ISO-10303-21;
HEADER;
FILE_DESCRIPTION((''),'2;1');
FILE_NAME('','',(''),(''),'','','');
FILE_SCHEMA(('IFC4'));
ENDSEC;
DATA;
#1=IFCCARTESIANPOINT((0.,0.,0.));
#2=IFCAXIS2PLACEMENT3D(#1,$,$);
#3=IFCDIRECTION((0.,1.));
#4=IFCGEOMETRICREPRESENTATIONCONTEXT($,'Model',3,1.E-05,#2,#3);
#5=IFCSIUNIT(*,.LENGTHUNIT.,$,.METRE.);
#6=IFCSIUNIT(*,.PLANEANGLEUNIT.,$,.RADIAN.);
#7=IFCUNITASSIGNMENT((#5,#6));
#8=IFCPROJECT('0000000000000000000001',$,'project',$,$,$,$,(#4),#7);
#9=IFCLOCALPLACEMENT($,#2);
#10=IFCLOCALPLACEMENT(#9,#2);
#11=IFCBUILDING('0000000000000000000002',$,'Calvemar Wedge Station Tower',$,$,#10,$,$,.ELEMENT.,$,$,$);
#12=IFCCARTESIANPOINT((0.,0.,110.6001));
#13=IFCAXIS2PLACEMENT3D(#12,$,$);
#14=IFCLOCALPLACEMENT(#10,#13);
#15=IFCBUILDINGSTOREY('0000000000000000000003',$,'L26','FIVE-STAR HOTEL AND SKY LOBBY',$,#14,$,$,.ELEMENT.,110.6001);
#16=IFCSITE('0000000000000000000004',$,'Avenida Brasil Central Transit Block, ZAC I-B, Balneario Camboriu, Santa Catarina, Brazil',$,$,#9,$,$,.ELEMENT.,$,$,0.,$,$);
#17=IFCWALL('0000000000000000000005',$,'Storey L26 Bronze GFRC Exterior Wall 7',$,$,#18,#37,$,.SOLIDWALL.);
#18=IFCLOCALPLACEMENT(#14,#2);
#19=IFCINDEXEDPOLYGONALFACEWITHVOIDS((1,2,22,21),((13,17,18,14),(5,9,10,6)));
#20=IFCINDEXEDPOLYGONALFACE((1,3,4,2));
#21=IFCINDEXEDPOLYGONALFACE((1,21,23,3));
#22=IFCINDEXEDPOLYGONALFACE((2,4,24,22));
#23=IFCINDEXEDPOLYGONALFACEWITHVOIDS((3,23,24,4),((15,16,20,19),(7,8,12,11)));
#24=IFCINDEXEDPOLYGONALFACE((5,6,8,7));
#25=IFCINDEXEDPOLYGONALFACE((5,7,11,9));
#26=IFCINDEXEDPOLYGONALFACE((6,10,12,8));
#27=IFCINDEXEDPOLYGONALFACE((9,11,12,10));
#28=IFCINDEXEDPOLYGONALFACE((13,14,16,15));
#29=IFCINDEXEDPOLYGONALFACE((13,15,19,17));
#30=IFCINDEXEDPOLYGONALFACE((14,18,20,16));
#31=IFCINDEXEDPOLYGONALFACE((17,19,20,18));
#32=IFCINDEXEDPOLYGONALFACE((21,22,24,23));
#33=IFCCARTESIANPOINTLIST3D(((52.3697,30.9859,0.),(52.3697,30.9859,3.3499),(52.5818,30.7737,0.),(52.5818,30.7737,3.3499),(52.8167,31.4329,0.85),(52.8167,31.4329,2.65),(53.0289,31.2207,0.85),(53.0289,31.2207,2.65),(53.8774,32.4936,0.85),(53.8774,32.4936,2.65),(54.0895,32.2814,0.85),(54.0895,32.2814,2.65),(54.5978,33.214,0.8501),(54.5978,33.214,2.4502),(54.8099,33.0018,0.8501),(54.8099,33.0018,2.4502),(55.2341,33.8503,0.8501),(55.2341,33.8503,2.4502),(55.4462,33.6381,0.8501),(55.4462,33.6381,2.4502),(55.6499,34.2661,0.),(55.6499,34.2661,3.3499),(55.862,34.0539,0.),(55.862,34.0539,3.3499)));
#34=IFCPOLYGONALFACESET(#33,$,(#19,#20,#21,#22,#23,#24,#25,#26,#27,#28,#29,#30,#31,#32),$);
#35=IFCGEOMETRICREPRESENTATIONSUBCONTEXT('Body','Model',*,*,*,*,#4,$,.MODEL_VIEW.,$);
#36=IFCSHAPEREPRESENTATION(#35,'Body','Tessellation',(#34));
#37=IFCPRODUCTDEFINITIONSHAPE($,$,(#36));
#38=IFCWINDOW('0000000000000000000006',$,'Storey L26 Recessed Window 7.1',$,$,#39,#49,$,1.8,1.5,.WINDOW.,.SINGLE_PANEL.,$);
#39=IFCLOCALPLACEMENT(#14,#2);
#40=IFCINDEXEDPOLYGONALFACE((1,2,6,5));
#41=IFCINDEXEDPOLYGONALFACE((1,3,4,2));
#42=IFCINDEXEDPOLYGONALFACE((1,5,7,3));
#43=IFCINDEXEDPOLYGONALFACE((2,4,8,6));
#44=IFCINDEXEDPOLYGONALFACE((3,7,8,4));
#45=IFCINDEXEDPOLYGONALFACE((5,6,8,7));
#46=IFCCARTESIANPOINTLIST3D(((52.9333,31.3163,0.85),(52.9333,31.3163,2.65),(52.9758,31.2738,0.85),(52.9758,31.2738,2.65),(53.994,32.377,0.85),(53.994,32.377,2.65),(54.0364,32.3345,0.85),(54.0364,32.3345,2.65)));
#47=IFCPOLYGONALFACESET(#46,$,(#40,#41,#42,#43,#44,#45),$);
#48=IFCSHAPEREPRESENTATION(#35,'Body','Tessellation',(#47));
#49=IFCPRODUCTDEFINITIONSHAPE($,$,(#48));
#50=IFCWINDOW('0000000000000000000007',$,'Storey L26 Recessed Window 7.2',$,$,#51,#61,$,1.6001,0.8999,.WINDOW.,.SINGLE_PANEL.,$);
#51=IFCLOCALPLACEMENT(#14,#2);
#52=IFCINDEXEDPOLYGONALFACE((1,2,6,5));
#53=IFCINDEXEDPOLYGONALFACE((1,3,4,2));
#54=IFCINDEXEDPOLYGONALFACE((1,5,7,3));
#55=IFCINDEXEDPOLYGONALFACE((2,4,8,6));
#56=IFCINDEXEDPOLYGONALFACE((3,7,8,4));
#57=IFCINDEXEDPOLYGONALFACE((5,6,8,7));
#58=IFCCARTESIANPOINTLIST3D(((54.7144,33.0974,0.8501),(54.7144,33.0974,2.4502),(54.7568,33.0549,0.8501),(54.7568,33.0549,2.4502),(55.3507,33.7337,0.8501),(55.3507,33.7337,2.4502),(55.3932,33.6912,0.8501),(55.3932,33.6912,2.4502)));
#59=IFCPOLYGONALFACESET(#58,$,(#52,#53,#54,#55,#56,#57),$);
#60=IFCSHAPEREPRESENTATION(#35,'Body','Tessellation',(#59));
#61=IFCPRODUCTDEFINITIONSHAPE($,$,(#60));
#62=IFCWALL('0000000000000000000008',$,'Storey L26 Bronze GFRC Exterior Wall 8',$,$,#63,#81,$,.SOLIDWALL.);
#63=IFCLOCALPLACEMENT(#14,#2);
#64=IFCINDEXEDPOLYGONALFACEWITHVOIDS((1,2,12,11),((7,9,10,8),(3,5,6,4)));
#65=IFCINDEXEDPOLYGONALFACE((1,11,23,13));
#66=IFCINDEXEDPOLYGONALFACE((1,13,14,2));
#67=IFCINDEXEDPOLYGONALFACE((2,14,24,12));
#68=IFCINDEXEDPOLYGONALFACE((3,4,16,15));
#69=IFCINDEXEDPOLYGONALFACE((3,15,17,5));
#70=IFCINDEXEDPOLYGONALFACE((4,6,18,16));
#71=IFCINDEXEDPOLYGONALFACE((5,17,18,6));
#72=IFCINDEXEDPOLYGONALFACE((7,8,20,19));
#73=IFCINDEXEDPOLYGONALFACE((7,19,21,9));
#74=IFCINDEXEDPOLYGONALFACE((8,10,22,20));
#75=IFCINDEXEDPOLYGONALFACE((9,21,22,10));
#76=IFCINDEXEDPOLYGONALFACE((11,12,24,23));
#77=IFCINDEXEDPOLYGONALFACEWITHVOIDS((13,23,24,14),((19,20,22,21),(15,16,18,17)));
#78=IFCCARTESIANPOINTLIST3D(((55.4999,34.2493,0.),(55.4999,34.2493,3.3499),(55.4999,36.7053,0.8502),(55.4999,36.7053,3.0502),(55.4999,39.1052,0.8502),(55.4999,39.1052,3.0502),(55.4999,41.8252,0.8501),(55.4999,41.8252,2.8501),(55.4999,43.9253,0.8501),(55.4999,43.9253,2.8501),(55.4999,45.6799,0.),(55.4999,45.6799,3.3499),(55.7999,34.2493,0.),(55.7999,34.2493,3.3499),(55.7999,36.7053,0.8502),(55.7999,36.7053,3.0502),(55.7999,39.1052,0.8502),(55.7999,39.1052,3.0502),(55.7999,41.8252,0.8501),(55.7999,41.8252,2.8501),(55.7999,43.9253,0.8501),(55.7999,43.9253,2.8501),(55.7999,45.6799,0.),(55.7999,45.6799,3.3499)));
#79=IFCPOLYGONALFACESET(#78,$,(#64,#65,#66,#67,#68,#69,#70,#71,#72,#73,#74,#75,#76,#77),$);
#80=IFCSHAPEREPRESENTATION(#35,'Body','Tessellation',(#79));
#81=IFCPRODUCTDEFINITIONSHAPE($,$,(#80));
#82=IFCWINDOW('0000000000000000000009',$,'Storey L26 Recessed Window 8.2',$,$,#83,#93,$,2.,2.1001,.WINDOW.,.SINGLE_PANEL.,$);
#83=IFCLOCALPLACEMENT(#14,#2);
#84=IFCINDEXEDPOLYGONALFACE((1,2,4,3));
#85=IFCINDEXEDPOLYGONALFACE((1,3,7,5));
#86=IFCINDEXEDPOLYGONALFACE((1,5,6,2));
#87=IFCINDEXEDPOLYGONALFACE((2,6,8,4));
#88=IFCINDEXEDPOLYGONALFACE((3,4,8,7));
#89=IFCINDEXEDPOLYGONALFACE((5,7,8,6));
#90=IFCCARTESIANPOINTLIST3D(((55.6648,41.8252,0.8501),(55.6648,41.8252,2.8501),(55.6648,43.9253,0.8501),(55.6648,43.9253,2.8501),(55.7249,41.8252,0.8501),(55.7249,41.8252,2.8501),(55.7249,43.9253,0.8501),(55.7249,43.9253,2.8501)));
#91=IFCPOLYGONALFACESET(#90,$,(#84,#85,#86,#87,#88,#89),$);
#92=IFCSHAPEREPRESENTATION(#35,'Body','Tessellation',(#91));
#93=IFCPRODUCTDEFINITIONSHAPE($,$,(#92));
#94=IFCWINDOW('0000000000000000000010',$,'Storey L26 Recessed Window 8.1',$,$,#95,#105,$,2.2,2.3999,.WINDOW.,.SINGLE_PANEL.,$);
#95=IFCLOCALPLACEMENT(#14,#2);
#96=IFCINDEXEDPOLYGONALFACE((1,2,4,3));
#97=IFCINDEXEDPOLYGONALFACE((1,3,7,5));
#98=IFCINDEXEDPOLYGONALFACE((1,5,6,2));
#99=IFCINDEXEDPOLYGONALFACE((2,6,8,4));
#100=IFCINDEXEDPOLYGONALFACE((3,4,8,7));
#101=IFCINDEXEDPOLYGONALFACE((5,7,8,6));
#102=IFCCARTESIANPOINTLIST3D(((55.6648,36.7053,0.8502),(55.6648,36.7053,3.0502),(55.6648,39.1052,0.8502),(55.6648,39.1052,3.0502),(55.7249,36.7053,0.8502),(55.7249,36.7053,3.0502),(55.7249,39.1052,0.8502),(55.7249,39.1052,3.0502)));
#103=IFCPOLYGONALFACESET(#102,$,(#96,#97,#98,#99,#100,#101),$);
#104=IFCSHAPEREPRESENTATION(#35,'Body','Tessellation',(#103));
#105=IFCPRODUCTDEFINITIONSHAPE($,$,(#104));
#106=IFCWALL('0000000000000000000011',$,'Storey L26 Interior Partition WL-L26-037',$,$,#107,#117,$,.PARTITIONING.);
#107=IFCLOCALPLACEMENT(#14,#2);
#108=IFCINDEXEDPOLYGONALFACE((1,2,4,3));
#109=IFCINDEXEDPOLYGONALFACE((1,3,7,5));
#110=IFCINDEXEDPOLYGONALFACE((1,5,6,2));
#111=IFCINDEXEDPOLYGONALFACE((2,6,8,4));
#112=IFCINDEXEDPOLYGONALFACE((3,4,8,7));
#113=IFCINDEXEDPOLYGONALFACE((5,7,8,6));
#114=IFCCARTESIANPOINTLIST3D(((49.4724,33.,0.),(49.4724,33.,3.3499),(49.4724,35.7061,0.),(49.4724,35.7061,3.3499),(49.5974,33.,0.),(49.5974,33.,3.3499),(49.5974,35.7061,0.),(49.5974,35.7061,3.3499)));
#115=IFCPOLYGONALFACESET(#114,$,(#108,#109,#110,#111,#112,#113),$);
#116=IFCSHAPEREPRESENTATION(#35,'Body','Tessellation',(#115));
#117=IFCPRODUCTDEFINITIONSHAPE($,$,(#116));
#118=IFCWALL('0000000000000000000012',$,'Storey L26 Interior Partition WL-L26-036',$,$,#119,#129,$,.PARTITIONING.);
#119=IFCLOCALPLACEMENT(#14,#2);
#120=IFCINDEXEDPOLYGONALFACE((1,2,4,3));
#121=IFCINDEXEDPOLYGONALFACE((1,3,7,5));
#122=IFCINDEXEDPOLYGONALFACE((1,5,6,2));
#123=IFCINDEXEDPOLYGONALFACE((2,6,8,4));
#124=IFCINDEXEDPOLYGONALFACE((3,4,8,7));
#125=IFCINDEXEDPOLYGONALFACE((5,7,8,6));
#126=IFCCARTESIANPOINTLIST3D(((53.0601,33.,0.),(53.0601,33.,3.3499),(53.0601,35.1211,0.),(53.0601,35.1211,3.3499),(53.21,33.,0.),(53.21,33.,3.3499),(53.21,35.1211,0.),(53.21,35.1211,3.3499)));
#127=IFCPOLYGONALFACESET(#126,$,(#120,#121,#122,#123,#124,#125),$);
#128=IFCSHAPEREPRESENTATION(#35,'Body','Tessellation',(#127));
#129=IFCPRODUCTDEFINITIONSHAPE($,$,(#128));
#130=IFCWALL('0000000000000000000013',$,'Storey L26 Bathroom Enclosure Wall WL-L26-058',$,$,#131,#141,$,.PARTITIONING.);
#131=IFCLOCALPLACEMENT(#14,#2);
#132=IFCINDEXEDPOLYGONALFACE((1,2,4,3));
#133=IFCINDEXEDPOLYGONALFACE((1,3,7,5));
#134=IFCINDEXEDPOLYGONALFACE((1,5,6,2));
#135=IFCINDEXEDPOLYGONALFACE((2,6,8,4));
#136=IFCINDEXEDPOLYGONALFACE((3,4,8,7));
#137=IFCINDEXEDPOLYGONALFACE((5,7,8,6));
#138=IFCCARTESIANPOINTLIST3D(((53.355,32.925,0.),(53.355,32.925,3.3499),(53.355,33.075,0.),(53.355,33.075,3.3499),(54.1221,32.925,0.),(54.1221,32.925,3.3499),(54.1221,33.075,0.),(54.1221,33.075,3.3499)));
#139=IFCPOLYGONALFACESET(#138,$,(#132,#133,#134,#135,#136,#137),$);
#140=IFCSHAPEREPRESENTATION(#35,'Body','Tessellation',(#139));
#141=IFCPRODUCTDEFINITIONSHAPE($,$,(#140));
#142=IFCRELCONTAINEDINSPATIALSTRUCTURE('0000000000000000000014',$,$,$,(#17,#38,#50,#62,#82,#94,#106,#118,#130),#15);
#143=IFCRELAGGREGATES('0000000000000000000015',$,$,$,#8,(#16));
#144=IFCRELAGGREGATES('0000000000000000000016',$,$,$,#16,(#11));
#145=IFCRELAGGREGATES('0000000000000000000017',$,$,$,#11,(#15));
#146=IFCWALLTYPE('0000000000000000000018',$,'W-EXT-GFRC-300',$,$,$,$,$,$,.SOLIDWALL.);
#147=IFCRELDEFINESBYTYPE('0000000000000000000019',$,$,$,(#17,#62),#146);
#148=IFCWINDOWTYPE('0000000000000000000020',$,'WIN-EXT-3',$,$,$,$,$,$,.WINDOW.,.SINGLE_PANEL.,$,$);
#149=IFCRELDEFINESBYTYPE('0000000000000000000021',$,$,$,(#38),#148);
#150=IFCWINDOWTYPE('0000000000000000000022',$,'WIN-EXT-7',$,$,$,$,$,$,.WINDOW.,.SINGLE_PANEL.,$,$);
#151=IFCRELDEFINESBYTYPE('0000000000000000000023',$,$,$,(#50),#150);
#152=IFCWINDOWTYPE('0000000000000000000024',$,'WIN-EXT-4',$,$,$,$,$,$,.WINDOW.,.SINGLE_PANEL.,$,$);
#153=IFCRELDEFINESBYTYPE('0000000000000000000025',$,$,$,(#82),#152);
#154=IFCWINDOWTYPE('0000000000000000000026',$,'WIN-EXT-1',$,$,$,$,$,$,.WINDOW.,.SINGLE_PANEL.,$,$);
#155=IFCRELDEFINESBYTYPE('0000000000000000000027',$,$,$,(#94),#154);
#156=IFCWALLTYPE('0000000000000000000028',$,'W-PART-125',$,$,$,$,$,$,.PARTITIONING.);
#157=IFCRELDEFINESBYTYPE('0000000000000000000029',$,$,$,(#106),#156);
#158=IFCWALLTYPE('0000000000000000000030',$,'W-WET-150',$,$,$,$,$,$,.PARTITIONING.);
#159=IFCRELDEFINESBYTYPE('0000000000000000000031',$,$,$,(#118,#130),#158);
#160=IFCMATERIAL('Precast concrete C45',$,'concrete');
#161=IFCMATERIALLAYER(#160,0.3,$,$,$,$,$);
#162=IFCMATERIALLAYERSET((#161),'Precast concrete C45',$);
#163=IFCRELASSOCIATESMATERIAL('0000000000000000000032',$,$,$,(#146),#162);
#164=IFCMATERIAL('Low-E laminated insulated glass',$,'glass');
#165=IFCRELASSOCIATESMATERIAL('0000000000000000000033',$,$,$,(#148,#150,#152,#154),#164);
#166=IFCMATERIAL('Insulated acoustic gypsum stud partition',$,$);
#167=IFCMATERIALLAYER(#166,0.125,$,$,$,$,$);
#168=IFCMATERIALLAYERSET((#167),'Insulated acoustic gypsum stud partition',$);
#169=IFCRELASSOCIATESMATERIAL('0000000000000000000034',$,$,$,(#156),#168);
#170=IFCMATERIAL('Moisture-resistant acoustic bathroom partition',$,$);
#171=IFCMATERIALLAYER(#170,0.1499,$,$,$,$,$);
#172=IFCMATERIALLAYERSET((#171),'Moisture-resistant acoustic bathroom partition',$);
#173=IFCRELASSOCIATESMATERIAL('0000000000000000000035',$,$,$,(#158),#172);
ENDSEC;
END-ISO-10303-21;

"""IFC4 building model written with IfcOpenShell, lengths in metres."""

from ifc_helpers import new_model, si_unit, direction, frame, frame_2d, origin, place, context, subcontext, project, spatial, rectangle, extrude, source, transform, mapped, material, layer, layer_set, type_object, element, fill, save


model = new_model("IFC4")

# Units and contexts
model_context = context("Model", 3, precision=1e-05, world=origin(), true_north=direction((0.0, 1.0)))
body_context = subcontext(model_context, "Body", "Model", "MODEL_VIEW")
ifc_project = project(units=[si_unit("LENGTHUNIT", "METRE"), si_unit("PLANEANGLEUNIT", "RADIAN")], contexts=[model_context])

# Site, building, storey
site_placement = place(None, origin())
site = spatial("IfcSite", under=ifc_project, at=site_placement, Name="Avenida Brasil Central Transit Block, ZAC I-B, Balneario Camboriu, Santa Catarina, Brazil", CompositionType="ELEMENT", RefElevation=0.0)
building_placement = place(site_placement, origin())
building = spatial("IfcBuilding", under=site, at=building_placement, Name="Calvemar Wedge Station Tower", CompositionType="ELEMENT")
storey_placement = place(building_placement, frame((0.0, 0.0, 110.6001)))
storey = spatial("IfcBuildingStorey", under=building, at=storey_placement, Name="L26", Description="FIVE-STAR HOTEL AND SKY LOBBY", CompositionType="ELEMENT", Elevation=110.6001)

# Shared definitions
ifc_material_1 = material(Name="Low-E laminated insulated glass", Category="glass")

# Walls, openings, windows
ifc_material_2 = material(Name="Precast concrete C45", Category="concrete")
ifc_layer_1 = layer(ifc_material_2, 0.3)
ifc_layer_set_1 = layer_set([ifc_layer_1], Name="Precast concrete C45")
wall_type_1 = type_object("IfcWallType", Name="W-EXT-GFRC-300", PredefinedType="SOLIDWALL", material=ifc_layer_set_1)
wall_1_placement = place(storey_placement, frame((52.4758, 30.8799, 0.0), z_axis=(0.0, 0.0, 1.0), x_axis=(0.707107, 0.707107, 0.0)))
wall_1 = element("IfcWall", 1, at=wall_1_placement, inside=storey, type_object=wall_type_1, Name="Storey L26 Bronze GFRC Exterior Wall 7", PredefinedType="SOLIDWALL", context=body_context, shape_type="SweptSolid", body=[
    extrude(rectangle(XDim=4.6389, YDim=0.3, at=frame_2d((2.3193, 0.0))), origin(), (0.0, 0.0, 1.0), 3.3499),
])
shared_shape_1 = source(origin(), body_context, "Body", "SweptSolid", [
    extrude(rectangle(XDim=1.5, YDim=1.8, at=frame_2d((0.75, 0.8999))), frame((0.0, 0.1602, 0.0), z_axis=(0.0, -1.0, 0.0), x_axis=(1.0, 0.0, 0.0)), (0.0, 0.0, 1.0), 0.3201),
])
opening_1_placement = place(wall_1_placement, frame((0.6321, 0.0, 0.8501)))
opening_1 = element("IfcOpeningElement", 2, at=opening_1_placement, cuts=wall_1, PredefinedType="OPENING", context=body_context, shape_type="MappedRepresentation", body=[
    mapped(shared_shape_1, transform((0.0, 0.0, 0.0), scale=1.0)),
])
shared_shape_2 = source(origin(), body_context, "Body", "SweptSolid", [
    extrude(rectangle(XDim=0.8999, YDim=1.6001, at=frame_2d((0.45, 0.8))), frame((0.0, 0.1602, 0.0), z_axis=(0.0, -1.0, 0.0), x_axis=(1.0, 0.0, 0.0)), (0.0, 0.0, 1.0), 0.3201),
])
opening_2_placement = place(wall_1_placement, frame((3.1509, 0.0, 0.8501)))
opening_2 = element("IfcOpeningElement", 3, at=opening_2_placement, cuts=wall_1, PredefinedType="OPENING", context=body_context, shape_type="MappedRepresentation", body=[
    mapped(shared_shape_2, transform((0.0, 0.0, 0.0), scale=1.0)),
])
window_type_1 = type_object("IfcWindowType", Name="WIN-EXT-3", PartitioningType="SINGLE_PANEL", PredefinedType="WINDOW", material=ifc_material_1)
shared_shape_3 = source(origin(), body_context, "Body", "SweptSolid", [
    extrude(rectangle(XDim=1.5, YDim=1.8, at=frame_2d((0.75, 0.8999))), frame((0.0, -0.0149, 0.0), z_axis=(0.0, -1.0, 0.0), x_axis=(1.0, 0.0, 0.0)), (0.0, 0.0, 1.0), 0.0601),
])
window_1_placement = place(opening_1_placement, origin())
window_1 = element("IfcWindow", 4, at=window_1_placement, inside=storey, type_object=window_type_1, Name="Storey L26 Recessed Window 7.1", OverallHeight=1.8, OverallWidth=1.5, PartitioningType="SINGLE_PANEL", PredefinedType="WINDOW", context=body_context, shape_type="MappedRepresentation", body=[
    mapped(shared_shape_3, transform((0.0, 0.0, 0.0), scale=1.0)),
])
fill(opening_1, window_1)
window_type_2 = type_object("IfcWindowType", Name="WIN-EXT-7", PartitioningType="SINGLE_PANEL", PredefinedType="WINDOW", material=ifc_material_1)
shared_shape_4 = source(origin(), body_context, "Body", "SweptSolid", [
    extrude(rectangle(XDim=0.8999, YDim=1.6001, at=frame_2d((0.45, 0.8))), frame((0.0, -0.0149, 0.0), z_axis=(0.0, -1.0, 0.0), x_axis=(1.0, 0.0, 0.0)), (0.0, 0.0, 1.0), 0.0601),
])
window_2_placement = place(opening_2_placement, origin())
window_2 = element("IfcWindow", 5, at=window_2_placement, inside=storey, type_object=window_type_2, Name="Storey L26 Recessed Window 7.2", OverallHeight=1.6001, OverallWidth=0.8999, PartitioningType="SINGLE_PANEL", PredefinedType="WINDOW", context=body_context, shape_type="MappedRepresentation", body=[
    mapped(shared_shape_4, transform((0.0, 0.0, 0.0), scale=1.0)),
])
fill(opening_2, window_2)
wall_2_placement = place(storey_placement, frame((55.6499, 34.2493, 0.0), z_axis=(0.0, 0.0, 1.0), x_axis=(0.0, 1.0, 0.0)))
wall_2 = element("IfcWall", 6, at=wall_2_placement, inside=storey, type_object=wall_type_1, Name="Storey L26 Bronze GFRC Exterior Wall 8", PredefinedType="SOLIDWALL", context=body_context, shape_type="SweptSolid", body=[
    extrude(rectangle(XDim=11.4307, YDim=0.3, at=frame_2d((5.7153, 0.0))), origin(), (0.0, 0.0, 1.0), 3.3499),
])
shared_shape_5 = source(origin(), body_context, "Body", "SweptSolid", [
    extrude(rectangle(XDim=2.3999, YDim=2.2, at=frame_2d((1.2, 1.1001))), frame((0.0, 0.1602, 0.0), z_axis=(0.0, -1.0, 0.0), x_axis=(1.0, 0.0, 0.0)), (0.0, 0.0, 1.0), 0.3201),
])
opening_3_placement = place(wall_2_placement, frame((2.4561, 0.0, 0.8501)))
opening_3 = element("IfcOpeningElement", 7, at=opening_3_placement, cuts=wall_2, PredefinedType="OPENING", context=body_context, shape_type="MappedRepresentation", body=[
    mapped(shared_shape_5, transform((0.0, 0.0, 0.0), scale=1.0)),
])
shared_shape_6 = source(origin(), body_context, "Body", "SweptSolid", [
    extrude(rectangle(XDim=2.1001, YDim=2.0, at=frame_2d((1.05, 1.0))), frame((0.0, 0.1602, 0.0), z_axis=(0.0, -1.0, 0.0), x_axis=(1.0, 0.0, 0.0)), (0.0, 0.0, 1.0), 0.3201),
])
opening_4_placement = place(wall_2_placement, frame((7.5759, 0.0, 0.8501)))
opening_4 = element("IfcOpeningElement", 8, at=opening_4_placement, cuts=wall_2, PredefinedType="OPENING", context=body_context, shape_type="MappedRepresentation", body=[
    mapped(shared_shape_6, transform((0.0, 0.0, 0.0), scale=1.0)),
])
window_type_3 = type_object("IfcWindowType", Name="WIN-EXT-4", PartitioningType="SINGLE_PANEL", PredefinedType="WINDOW", material=ifc_material_1)
shared_shape_7 = source(origin(), body_context, "Body", "SweptSolid", [
    extrude(rectangle(XDim=2.1001, YDim=2.0, at=frame_2d((1.05, 1.0))), frame((0.0, -0.0149, 0.0), z_axis=(0.0, -1.0, 0.0), x_axis=(1.0, 0.0, 0.0)), (0.0, 0.0, 1.0), 0.0601),
])
window_3_placement = place(opening_4_placement, origin())
window_3 = element("IfcWindow", 9, at=window_3_placement, inside=storey, type_object=window_type_3, Name="Storey L26 Recessed Window 8.2", OverallHeight=2.0, OverallWidth=2.1001, PartitioningType="SINGLE_PANEL", PredefinedType="WINDOW", context=body_context, shape_type="MappedRepresentation", body=[
    mapped(shared_shape_7, transform((0.0, 0.0, 0.0), scale=1.0)),
])
fill(opening_4, window_3)
window_type_4 = type_object("IfcWindowType", Name="WIN-EXT-1", PartitioningType="SINGLE_PANEL", PredefinedType="WINDOW", material=ifc_material_1)
shared_shape_8 = source(origin(), body_context, "Body", "SweptSolid", [
    extrude(rectangle(XDim=2.3999, YDim=2.2, at=frame_2d((1.2, 1.1001))), frame((0.0, -0.0149, 0.0), z_axis=(0.0, -1.0, 0.0), x_axis=(1.0, 0.0, 0.0)), (0.0, 0.0, 1.0), 0.0601),
])
window_4_placement = place(opening_3_placement, origin())
window_4 = element("IfcWindow", 10, at=window_4_placement, inside=storey, type_object=window_type_4, Name="Storey L26 Recessed Window 8.1", OverallHeight=2.2, OverallWidth=2.3999, PartitioningType="SINGLE_PANEL", PredefinedType="WINDOW", context=body_context, shape_type="MappedRepresentation", body=[
    mapped(shared_shape_8, transform((0.0, 0.0, 0.0), scale=1.0)),
])
fill(opening_3, window_4)

# Wall
ifc_material_3 = material(Name="Insulated acoustic gypsum stud partition")
ifc_layer_2 = layer(ifc_material_3, 0.125)
ifc_layer_set_2 = layer_set([ifc_layer_2], Name="Insulated acoustic gypsum stud partition")
wall_type_2 = type_object("IfcWallType", Name="W-PART-125", PredefinedType="PARTITIONING", material=ifc_layer_set_2)
wall_3_placement = place(storey_placement, frame((49.5349, 33.0, 0.0), z_axis=(0.0, 0.0, 1.0), x_axis=(0.0, 1.0, 0.0)))
element("IfcWall", 11, at=wall_3_placement, inside=storey, type_object=wall_type_2, Name="Storey L26 Interior Partition WL-L26-037", PredefinedType="PARTITIONING", context=body_context, shape_type="SweptSolid", body=[
    extrude(rectangle(XDim=2.7061, YDim=0.125, at=frame_2d((1.353, 0.0))), origin(), (0.0, 0.0, 1.0), 3.3499),
])

# Shared definitions
ifc_material_4 = material(Name="Moisture-resistant acoustic bathroom partition")
ifc_layer_3 = layer(ifc_material_4, 0.1499)
ifc_layer_set_3 = layer_set([ifc_layer_3], Name="Moisture-resistant acoustic bathroom partition")
wall_type_3 = type_object("IfcWallType", Name="W-WET-150", PredefinedType="PARTITIONING", material=ifc_layer_set_3)

# Walls
wall_4_placement = place(storey_placement, frame((53.135, 33.0, 0.0), z_axis=(0.0, 0.0, 1.0), x_axis=(0.0, 1.0, 0.0)))
element("IfcWall", 12, at=wall_4_placement, inside=storey, type_object=wall_type_3, Name="Storey L26 Interior Partition WL-L26-036", PredefinedType="PARTITIONING", context=body_context, shape_type="SweptSolid", body=[
    extrude(rectangle(XDim=2.1211, YDim=0.1499, at=frame_2d((1.0605, 0.0))), origin(), (0.0, 0.0, 1.0), 3.3499),
])
wall_5_placement = place(storey_placement, frame((54.1221, 33.0, 0.0), z_axis=(0.0, 0.0, 1.0), x_axis=(-1.0, 0.0, 0.0)))
element("IfcWall", 13, at=wall_5_placement, inside=storey, type_object=wall_type_3, Name="Storey L26 Bathroom Enclosure Wall WL-L26-058", PredefinedType="PARTITIONING", context=body_context, shape_type="SweptSolid", body=[
    extrude(rectangle(XDim=0.7671, YDim=0.1499, at=frame_2d((0.3835, 0.0))), origin(), (0.0, 0.0, 1.0), 3.3499),
])

save(model, "model.ifc")
